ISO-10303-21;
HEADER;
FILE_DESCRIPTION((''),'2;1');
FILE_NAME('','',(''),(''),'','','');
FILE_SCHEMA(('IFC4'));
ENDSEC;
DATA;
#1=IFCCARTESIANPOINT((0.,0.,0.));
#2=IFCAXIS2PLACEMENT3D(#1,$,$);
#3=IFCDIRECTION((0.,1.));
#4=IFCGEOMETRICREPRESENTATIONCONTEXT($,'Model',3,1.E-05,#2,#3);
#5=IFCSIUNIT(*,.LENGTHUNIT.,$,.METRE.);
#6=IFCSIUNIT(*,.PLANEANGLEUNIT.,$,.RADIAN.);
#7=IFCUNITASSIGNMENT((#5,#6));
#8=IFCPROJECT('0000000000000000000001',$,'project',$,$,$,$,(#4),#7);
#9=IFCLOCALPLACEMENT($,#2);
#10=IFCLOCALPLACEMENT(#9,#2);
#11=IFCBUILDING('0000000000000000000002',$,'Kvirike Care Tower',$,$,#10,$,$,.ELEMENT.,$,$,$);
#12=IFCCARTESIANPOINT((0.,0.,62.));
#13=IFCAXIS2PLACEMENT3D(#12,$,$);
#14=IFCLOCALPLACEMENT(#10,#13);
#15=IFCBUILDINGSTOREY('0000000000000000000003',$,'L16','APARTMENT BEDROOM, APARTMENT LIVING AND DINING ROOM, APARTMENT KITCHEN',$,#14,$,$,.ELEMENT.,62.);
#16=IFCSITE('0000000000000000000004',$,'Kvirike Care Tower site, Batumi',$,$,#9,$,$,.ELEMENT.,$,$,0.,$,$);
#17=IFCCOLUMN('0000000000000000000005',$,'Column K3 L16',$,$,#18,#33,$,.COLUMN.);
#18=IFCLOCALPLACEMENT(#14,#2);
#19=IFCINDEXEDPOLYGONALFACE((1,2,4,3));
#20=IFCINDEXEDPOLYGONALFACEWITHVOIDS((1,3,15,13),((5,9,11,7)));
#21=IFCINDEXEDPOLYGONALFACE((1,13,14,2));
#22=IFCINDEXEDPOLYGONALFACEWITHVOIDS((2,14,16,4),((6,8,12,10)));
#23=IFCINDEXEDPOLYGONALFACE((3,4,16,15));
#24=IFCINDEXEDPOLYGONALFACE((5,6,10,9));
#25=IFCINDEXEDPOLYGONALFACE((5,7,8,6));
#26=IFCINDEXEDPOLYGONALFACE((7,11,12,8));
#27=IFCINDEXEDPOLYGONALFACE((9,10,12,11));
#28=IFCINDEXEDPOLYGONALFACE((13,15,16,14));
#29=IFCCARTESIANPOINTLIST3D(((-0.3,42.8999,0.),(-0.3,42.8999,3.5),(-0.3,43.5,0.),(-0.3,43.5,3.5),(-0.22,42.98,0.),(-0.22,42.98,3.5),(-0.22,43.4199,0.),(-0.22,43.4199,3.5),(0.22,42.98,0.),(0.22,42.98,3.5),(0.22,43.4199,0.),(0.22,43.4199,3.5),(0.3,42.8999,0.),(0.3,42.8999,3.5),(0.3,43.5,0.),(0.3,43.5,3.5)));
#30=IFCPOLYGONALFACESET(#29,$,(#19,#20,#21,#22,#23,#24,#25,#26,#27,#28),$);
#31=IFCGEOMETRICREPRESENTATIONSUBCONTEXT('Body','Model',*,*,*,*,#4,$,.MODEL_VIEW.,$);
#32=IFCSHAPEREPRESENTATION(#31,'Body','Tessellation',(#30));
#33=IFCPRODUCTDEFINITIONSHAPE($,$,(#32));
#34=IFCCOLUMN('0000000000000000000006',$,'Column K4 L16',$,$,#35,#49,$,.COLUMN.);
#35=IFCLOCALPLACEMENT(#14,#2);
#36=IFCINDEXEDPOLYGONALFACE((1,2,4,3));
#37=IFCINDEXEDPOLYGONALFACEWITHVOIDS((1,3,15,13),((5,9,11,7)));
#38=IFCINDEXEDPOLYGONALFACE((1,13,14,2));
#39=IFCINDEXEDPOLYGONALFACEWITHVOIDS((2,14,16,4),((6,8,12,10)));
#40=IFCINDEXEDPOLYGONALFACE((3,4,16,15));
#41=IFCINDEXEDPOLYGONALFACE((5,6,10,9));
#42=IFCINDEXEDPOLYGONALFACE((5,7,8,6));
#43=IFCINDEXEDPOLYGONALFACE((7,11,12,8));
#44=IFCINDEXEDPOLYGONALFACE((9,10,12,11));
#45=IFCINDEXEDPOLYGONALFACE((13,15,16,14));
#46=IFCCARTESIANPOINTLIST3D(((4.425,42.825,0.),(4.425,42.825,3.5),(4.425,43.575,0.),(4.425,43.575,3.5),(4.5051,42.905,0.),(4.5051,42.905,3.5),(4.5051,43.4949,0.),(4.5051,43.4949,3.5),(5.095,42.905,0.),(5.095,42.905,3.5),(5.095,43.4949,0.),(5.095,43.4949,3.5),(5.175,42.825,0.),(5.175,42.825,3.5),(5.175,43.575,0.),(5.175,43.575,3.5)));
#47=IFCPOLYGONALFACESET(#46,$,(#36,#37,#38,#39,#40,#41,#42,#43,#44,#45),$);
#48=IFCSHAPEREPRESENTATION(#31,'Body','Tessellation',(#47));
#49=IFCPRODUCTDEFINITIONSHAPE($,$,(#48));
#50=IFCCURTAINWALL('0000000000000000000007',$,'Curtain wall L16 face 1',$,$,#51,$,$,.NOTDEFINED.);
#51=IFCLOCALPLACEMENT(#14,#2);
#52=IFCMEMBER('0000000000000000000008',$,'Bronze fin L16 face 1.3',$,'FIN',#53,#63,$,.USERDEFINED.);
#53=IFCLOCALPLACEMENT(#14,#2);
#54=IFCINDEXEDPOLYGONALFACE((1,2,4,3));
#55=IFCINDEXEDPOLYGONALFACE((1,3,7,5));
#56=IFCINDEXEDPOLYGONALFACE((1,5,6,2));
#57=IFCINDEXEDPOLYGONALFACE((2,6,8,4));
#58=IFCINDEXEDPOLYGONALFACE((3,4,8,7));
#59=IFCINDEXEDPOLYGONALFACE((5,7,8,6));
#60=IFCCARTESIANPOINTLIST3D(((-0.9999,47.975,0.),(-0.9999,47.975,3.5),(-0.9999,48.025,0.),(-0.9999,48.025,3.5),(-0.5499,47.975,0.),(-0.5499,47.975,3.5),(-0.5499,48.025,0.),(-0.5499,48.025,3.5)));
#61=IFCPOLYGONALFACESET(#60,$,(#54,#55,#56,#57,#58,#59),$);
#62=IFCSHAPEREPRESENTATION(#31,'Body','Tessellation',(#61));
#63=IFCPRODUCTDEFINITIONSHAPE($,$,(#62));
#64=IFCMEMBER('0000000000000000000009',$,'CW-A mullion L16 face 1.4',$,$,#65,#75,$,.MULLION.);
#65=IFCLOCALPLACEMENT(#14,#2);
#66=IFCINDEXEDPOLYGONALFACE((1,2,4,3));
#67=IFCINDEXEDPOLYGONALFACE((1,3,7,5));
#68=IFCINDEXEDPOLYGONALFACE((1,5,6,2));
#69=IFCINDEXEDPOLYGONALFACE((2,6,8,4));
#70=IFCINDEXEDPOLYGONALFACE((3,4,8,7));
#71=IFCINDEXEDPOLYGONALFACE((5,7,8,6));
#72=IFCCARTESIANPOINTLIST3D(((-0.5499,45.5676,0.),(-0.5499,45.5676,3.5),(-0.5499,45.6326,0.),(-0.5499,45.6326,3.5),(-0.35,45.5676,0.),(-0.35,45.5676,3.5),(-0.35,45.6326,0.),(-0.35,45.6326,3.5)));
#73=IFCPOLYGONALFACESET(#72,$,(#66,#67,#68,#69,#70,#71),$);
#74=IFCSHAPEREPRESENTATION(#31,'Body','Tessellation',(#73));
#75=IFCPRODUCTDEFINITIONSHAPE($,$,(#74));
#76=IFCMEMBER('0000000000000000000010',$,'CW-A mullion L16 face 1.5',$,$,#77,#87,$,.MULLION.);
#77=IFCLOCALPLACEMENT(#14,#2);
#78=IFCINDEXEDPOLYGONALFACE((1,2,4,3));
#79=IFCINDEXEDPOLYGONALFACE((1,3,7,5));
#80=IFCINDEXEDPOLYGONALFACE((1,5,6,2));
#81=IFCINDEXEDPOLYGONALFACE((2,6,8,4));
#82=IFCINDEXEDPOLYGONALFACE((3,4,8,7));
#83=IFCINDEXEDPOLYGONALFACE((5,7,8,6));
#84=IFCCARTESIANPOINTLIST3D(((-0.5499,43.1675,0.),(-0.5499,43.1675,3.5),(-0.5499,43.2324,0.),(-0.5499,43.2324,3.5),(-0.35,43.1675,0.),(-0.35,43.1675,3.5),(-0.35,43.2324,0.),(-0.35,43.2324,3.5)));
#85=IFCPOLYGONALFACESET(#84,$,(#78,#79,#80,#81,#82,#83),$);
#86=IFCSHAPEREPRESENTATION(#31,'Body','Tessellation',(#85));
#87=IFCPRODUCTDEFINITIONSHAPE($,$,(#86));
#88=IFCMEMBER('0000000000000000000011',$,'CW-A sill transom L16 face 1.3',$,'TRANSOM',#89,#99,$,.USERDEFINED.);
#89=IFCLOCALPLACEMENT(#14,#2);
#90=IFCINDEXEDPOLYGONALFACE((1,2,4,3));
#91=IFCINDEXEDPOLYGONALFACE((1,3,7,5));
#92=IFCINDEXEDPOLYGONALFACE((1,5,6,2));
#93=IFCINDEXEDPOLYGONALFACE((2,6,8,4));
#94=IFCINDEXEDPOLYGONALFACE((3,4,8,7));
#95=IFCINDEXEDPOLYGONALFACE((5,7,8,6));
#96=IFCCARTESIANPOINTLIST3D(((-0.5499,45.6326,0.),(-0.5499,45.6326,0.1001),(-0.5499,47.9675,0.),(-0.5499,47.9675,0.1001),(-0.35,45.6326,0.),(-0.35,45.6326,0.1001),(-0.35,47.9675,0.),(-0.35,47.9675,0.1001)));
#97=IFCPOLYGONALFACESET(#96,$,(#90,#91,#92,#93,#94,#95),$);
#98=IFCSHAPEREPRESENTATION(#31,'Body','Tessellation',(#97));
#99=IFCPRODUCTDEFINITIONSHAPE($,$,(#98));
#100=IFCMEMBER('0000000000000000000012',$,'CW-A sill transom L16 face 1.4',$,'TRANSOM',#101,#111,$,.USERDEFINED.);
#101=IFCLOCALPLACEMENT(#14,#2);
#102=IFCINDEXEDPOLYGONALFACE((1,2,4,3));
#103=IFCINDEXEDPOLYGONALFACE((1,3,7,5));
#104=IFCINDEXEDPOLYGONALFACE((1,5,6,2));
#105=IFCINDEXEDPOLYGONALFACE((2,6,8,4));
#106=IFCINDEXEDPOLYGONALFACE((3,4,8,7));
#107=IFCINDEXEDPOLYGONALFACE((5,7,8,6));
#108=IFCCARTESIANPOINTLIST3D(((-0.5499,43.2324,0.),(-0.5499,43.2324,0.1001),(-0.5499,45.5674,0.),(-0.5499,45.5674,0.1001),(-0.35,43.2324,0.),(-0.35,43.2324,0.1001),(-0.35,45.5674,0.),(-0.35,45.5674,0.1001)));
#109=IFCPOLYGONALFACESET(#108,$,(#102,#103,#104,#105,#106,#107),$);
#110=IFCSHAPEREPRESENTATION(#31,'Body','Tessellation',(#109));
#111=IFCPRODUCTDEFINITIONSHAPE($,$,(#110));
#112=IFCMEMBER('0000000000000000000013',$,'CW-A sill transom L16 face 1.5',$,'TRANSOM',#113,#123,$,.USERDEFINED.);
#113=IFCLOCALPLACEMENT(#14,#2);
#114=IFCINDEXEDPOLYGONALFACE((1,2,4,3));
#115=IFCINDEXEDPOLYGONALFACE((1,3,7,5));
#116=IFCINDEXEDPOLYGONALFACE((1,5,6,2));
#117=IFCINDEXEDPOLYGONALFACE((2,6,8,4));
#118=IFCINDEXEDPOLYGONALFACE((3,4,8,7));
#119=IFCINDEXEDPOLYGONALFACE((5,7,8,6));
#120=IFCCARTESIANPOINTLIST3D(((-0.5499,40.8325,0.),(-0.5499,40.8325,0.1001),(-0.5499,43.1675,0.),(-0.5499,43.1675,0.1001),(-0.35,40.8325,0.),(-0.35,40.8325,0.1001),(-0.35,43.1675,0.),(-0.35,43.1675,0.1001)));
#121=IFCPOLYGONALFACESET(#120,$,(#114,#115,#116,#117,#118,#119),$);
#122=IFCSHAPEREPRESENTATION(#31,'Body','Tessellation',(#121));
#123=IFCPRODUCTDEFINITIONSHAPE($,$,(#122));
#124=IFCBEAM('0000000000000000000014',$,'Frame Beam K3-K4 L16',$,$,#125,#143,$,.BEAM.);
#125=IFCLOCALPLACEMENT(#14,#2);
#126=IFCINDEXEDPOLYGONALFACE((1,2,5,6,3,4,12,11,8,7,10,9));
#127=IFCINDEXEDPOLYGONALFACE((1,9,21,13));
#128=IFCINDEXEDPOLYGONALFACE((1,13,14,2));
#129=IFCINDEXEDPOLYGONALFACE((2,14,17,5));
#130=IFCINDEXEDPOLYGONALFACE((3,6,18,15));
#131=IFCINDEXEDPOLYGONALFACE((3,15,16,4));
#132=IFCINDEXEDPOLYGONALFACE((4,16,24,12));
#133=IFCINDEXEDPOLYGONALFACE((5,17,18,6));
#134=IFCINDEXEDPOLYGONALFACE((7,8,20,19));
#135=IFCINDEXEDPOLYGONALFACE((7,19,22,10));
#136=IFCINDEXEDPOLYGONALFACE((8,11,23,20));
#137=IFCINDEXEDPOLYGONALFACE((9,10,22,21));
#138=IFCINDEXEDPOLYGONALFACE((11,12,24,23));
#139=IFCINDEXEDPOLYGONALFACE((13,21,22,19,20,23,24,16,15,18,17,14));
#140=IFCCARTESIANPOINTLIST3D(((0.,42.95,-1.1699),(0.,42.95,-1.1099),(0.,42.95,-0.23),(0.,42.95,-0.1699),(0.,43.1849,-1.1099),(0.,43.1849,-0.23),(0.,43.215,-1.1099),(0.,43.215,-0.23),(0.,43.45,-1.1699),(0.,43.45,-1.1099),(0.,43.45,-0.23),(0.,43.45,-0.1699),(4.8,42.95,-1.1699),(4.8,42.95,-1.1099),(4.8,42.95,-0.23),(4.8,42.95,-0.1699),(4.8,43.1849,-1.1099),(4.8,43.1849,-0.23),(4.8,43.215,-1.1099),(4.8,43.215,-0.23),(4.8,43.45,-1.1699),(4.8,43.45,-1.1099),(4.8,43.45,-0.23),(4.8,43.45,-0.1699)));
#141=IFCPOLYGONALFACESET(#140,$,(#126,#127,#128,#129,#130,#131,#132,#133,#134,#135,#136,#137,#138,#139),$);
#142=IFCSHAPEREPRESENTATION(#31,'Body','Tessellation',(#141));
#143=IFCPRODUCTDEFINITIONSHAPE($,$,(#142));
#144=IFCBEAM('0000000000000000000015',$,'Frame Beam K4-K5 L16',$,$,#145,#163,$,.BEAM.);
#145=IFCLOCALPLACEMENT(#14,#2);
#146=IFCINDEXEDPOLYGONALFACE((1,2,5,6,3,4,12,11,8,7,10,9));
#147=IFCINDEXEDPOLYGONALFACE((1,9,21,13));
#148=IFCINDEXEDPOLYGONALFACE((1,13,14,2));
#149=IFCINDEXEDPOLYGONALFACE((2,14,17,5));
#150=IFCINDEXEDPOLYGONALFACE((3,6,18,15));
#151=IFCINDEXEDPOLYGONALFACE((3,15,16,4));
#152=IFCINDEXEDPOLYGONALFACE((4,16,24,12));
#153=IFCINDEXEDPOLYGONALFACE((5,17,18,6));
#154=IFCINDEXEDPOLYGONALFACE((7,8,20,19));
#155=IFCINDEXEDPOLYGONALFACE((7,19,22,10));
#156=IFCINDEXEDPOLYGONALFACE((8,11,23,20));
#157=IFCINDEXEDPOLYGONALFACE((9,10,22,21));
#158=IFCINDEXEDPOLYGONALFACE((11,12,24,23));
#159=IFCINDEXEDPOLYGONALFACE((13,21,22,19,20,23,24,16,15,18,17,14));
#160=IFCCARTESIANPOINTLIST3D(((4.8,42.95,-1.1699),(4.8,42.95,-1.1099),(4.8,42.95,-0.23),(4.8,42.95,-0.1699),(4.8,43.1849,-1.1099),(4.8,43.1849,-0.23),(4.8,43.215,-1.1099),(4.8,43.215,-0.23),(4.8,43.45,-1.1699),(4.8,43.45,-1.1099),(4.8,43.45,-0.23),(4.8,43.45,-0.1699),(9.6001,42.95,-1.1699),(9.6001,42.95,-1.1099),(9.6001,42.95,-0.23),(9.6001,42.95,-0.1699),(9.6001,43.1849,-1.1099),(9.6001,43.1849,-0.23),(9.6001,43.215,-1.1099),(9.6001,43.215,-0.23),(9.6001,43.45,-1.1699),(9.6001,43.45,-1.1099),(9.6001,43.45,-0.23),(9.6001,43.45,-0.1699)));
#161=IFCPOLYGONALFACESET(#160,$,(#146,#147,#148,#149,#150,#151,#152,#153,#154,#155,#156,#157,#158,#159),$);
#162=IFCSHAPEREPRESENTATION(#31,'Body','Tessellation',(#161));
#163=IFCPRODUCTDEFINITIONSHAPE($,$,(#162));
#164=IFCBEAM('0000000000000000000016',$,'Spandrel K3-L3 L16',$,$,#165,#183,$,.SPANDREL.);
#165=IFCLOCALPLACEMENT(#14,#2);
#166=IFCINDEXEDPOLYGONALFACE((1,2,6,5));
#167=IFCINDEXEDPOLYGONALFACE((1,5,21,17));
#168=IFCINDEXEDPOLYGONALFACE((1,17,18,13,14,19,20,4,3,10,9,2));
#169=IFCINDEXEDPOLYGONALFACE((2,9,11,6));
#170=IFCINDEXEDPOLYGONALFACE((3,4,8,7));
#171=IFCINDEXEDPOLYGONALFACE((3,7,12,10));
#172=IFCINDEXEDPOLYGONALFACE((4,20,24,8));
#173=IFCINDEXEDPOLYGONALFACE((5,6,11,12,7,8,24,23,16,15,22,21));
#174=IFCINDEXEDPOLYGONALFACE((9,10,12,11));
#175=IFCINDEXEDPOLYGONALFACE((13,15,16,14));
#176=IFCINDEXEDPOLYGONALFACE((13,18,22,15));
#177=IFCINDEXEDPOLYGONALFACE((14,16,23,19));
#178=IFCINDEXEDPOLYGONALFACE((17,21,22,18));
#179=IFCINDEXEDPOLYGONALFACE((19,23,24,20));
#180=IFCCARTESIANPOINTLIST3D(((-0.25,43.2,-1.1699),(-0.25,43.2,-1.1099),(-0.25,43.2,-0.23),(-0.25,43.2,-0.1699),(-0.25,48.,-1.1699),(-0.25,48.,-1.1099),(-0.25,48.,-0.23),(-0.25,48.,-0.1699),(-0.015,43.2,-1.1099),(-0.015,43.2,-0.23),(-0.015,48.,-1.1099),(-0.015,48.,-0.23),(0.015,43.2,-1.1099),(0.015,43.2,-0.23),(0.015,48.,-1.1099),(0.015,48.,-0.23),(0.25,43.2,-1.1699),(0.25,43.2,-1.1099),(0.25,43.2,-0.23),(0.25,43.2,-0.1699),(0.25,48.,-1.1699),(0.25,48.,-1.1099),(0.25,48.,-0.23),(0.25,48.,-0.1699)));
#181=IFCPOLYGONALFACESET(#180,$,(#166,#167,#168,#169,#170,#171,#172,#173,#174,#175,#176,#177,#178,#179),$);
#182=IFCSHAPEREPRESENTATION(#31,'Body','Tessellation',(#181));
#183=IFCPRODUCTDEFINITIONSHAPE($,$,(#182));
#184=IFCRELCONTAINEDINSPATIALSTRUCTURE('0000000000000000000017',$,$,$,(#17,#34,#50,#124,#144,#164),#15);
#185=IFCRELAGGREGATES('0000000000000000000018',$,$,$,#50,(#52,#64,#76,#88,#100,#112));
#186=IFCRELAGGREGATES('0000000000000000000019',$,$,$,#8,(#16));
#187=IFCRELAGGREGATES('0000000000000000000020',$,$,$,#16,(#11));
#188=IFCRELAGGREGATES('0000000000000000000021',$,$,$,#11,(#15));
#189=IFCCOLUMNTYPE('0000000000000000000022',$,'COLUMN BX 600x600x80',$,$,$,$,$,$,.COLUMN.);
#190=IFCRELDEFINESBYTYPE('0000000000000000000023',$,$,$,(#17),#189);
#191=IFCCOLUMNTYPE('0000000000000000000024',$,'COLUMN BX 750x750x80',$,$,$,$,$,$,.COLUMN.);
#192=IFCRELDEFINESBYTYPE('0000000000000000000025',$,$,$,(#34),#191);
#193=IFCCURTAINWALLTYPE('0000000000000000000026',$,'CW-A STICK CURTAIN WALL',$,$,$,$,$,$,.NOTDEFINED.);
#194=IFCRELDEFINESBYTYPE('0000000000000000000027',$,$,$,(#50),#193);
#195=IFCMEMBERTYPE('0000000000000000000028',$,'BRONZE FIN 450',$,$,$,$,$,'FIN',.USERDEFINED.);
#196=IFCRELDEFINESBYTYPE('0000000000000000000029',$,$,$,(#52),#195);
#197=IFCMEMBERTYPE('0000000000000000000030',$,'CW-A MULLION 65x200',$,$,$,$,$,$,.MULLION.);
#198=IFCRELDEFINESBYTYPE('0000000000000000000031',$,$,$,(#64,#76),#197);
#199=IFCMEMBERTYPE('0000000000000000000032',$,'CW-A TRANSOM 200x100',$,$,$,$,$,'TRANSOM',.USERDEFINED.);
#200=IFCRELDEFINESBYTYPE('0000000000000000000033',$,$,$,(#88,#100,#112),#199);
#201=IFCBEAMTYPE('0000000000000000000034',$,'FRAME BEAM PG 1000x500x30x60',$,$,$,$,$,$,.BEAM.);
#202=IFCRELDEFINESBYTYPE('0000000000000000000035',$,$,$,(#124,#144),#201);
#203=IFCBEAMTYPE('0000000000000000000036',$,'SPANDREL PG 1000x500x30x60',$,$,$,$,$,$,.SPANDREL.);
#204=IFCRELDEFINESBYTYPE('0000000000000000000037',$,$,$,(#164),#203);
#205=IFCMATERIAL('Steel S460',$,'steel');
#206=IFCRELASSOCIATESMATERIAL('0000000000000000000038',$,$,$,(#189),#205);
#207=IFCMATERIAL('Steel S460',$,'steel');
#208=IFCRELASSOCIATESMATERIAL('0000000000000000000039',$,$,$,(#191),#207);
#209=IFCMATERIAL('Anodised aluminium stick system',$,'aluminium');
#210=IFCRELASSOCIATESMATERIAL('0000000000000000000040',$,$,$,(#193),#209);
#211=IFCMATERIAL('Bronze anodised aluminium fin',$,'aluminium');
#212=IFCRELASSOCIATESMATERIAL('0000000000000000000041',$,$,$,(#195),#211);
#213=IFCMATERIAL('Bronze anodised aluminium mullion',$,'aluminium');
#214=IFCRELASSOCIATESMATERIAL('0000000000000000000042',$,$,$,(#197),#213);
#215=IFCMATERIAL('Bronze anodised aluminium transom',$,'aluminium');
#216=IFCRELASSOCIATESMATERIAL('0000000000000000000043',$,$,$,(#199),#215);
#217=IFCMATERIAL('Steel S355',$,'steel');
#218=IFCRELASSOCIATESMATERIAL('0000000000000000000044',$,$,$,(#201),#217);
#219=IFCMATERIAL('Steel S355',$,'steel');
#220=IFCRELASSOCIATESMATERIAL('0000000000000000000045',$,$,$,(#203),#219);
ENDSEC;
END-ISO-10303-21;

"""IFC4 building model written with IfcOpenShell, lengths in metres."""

from ifc_helpers import new_model, si_unit, direction, frame, origin, origin_2d, place, context, subcontext, project, spatial, rectangle, hollow_rectangle, i_section, extrude, material, material_profile, profile_set, type_object, element, aggregate, save


model = new_model("IFC4")

# Units and contexts
model_context = context("Model", 3, precision=1e-05, world=origin(), true_north=direction((0.0, 1.0)))
body_context = subcontext(model_context, "Body", "Model", "MODEL_VIEW")
ifc_project = project(units=[si_unit("LENGTHUNIT", "METRE"), si_unit("PLANEANGLEUNIT", "RADIAN")], contexts=[model_context])

# Site, building, storey
site_placement = place(None, origin())
site = spatial("IfcSite", under=ifc_project, at=site_placement, Name="Kvirike Care Tower site, Batumi", CompositionType="ELEMENT", RefElevation=0.0)
building_placement = place(site_placement, origin())
building = spatial("IfcBuilding", under=site, at=building_placement, Name="Kvirike Care Tower", CompositionType="ELEMENT")
storey_placement = place(building_placement, frame((0.0, 0.0, 62.0)))
storey = spatial("IfcBuildingStorey", under=building, at=storey_placement, Name="L16", Description="APARTMENT BEDROOM, APARTMENT LIVING AND DINING ROOM, APARTMENT KITCHEN", CompositionType="ELEMENT", Elevation=62.0)

# Columns
ifc_material_1 = material(Name="Steel S460", Category="steel")
ifc_material_profile_1 = material_profile(ifc_material_1, hollow_rectangle(XDim=0.6001, YDim=0.6001, WallThickness=0.0801, at=origin_2d()), Name="BX 600x600x80")
ifc_profile_set_1 = profile_set([ifc_material_profile_1], Name="Steel S460")
column_type_1 = type_object("IfcColumnType", Name="COLUMN BX 600x600x80", PredefinedType="COLUMN", material=ifc_profile_set_1)
column_1_placement = place(storey_placement, frame((0.0, 43.2, 0.0), z_axis=(0.0, 0.0, 1.0), x_axis=(0.0, 1.0, 0.0)))
element("IfcColumn", 1, at=column_1_placement, inside=storey, type_object=column_type_1, Name="Column K3 L16", PredefinedType="COLUMN", context=body_context, shape_type="SweptSolid", body=[
    extrude(hollow_rectangle(XDim=0.6001, YDim=0.6001, WallThickness=0.0801, at=origin_2d()), origin(), (0.0, 0.0, 1.0), 3.5),
])
ifc_material_2 = material(Name="Steel S460", Category="steel")
ifc_material_profile_2 = material_profile(ifc_material_2, hollow_rectangle(XDim=0.75, YDim=0.75, WallThickness=0.0801, at=origin_2d()), Name="BX 750x750x80")
ifc_profile_set_2 = profile_set([ifc_material_profile_2], Name="Steel S460")
column_type_2 = type_object("IfcColumnType", Name="COLUMN BX 750x750x80", PredefinedType="COLUMN", material=ifc_profile_set_2)
column_2_placement = place(storey_placement, frame((4.8, 43.2, 0.0), z_axis=(0.0, 0.0, 1.0), x_axis=(0.0, 1.0, 0.0)))
element("IfcColumn", 2, at=column_2_placement, inside=storey, type_object=column_type_2, Name="Column K4 L16", PredefinedType="COLUMN", context=body_context, shape_type="SweptSolid", body=[
    extrude(hollow_rectangle(XDim=0.75, YDim=0.75, WallThickness=0.0801, at=origin_2d()), origin(), (0.0, 0.0, 1.0), 3.5),
])

# Curtain wall, members
ifc_material_3 = material(Name="Anodised aluminium stick system", Category="aluminium")
curtain_wall_type = type_object("IfcCurtainWallType", Name="CW-A STICK CURTAIN WALL", PredefinedType="NOTDEFINED", material=ifc_material_3)
curtain_wall_placement = place(storey_placement, origin())
curtain_wall = element("IfcCurtainWall", 3, at=curtain_wall_placement, inside=storey, type_object=curtain_wall_type, Name="Curtain wall L16 face 1", PredefinedType="NOTDEFINED")
ifc_material_4 = material(Name="Bronze anodised aluminium fin", Category="aluminium")
ifc_material_profile_3 = material_profile(ifc_material_4, rectangle(XDim=0.05, YDim=0.45, at=origin_2d()), Name="BRONZE FIN 450")
ifc_profile_set_3 = profile_set([ifc_material_profile_3], Name="Bronze anodised aluminium fin")
member_type_1 = type_object("IfcMemberType", Name="BRONZE FIN 450", ElementType="FIN", PredefinedType="USERDEFINED", material=ifc_profile_set_3)
member_1_placement = place(storey_placement, frame((-0.7749, 48.0, 0.0), z_axis=(0.0, 0.0, 1.0), x_axis=(0.0, -1.0, 0.0)))
member_1 = element("IfcMember", 4, at=member_1_placement, type_object=member_type_1, Name="Bronze fin L16 face 1.3", ObjectType="FIN", PredefinedType="USERDEFINED", context=body_context, shape_type="SweptSolid", body=[
    extrude(rectangle(XDim=0.05, YDim=0.45, at=origin_2d()), origin(), (0.0, 0.0, 1.0), 3.5),
])
ifc_material_5 = material(Name="Bronze anodised aluminium mullion", Category="aluminium")
ifc_material_profile_4 = material_profile(ifc_material_5, rectangle(XDim=0.0649, YDim=0.2, at=origin_2d()), Name="CW-A MULLION 65x200")
ifc_profile_set_4 = profile_set([ifc_material_profile_4], Name="Bronze anodised aluminium mullion")
member_type_2 = type_object("IfcMemberType", Name="CW-A MULLION 65x200", PredefinedType="MULLION", material=ifc_profile_set_4)
member_2_placement = place(storey_placement, frame((-0.45, 45.6001, 0.0), z_axis=(0.0, 0.0, 1.0), x_axis=(0.0, -1.0, 0.0)))
member_2 = element("IfcMember", 5, at=member_2_placement, type_object=member_type_2, Name="CW-A mullion L16 face 1.4", PredefinedType="MULLION", context=body_context, shape_type="SweptSolid", body=[
    extrude(rectangle(XDim=0.0649, YDim=0.2, at=origin_2d()), origin(), (0.0, 0.0, 1.0), 3.5),
])
member_3_placement = place(storey_placement, frame((-0.45, 43.2, 0.0), z_axis=(0.0, 0.0, 1.0), x_axis=(0.0, -1.0, 0.0)))
member_3 = element("IfcMember", 6, at=member_3_placement, type_object=member_type_2, Name="CW-A mullion L16 face 1.5", PredefinedType="MULLION", context=body_context, shape_type="SweptSolid", body=[
    extrude(rectangle(XDim=0.0649, YDim=0.2, at=origin_2d()), origin(), (0.0, 0.0, 1.0), 3.5),
])
ifc_material_6 = material(Name="Bronze anodised aluminium transom", Category="aluminium")
ifc_material_profile_5 = material_profile(ifc_material_6, rectangle(XDim=0.2, YDim=0.1001, at=origin_2d()), Name="CW-A TRANSOM 200x100")
ifc_profile_set_5 = profile_set([ifc_material_profile_5], Name="Bronze anodised aluminium transom")
member_type_3 = type_object("IfcMemberType", Name="CW-A TRANSOM 200x100", ElementType="TRANSOM", PredefinedType="USERDEFINED", material=ifc_profile_set_5)
member_4_placement = place(storey_placement, frame((-0.45, 47.9675, 0.05), z_axis=(0.0, -1.0, 0.0), x_axis=(1.0, 0.0, 0.0)))
member_4 = element("IfcMember", 7, at=member_4_placement, type_object=member_type_3, Name="CW-A sill transom L16 face 1.3", ObjectType="TRANSOM", PredefinedType="USERDEFINED", context=body_context, shape_type="SweptSolid", body=[
    extrude(rectangle(XDim=0.2, YDim=0.1001, at=origin_2d()), origin(), (0.0, 0.0, 1.0), 2.335),
])
member_5_placement = place(storey_placement, frame((-0.45, 45.5674, 0.05), z_axis=(0.0, -1.0, 0.0), x_axis=(1.0, 0.0, 0.0)))
member_5 = element("IfcMember", 8, at=member_5_placement, type_object=member_type_3, Name="CW-A sill transom L16 face 1.4", ObjectType="TRANSOM", PredefinedType="USERDEFINED", context=body_context, shape_type="SweptSolid", body=[
    extrude(rectangle(XDim=0.2, YDim=0.1001, at=origin_2d()), origin(), (0.0, 0.0, 1.0), 2.335),
])
member_6_placement = place(storey_placement, frame((-0.45, 43.1675, 0.05), z_axis=(0.0, -1.0, 0.0), x_axis=(1.0, 0.0, 0.0)))
member_6 = element("IfcMember", 9, at=member_6_placement, type_object=member_type_3, Name="CW-A sill transom L16 face 1.5", ObjectType="TRANSOM", PredefinedType="USERDEFINED", context=body_context, shape_type="SweptSolid", body=[
    extrude(rectangle(XDim=0.2, YDim=0.1001, at=origin_2d()), origin(), (0.0, 0.0, 1.0), 2.335),
])

# Beams
ifc_material_7 = material(Name="Steel S355", Category="steel")
ifc_material_profile_6 = material_profile(ifc_material_7, i_section(OverallWidth=0.5, OverallDepth=1.0, WebThickness=0.03, FlangeThickness=0.0601, at=origin_2d()), Name="PG 1000x500x30x60")
ifc_profile_set_6 = profile_set([ifc_material_profile_6], Name="Steel S355")
beam_type_1 = type_object("IfcBeamType", Name="FRAME BEAM PG 1000x500x30x60", PredefinedType="BEAM", material=ifc_profile_set_6)
for number, where, z_axis, x_axis, name in (
    (10, (0.0, 43.2, -0.6699), (1.0, 0.0, 0.0), (0.0, 1.0, 0.0), "Frame Beam K3-K4 L16"),
    (11, (4.8, 43.2, -0.6699), (1.0, 0.0, 0.0), (0.0, 1.0, 0.0), "Frame Beam K4-K5 L16"),
):
    element("IfcBeam", number, at=place(storey_placement, frame(where, z_axis=z_axis, x_axis=x_axis)), inside=storey, type_object=beam_type_1, Name=name, PredefinedType="BEAM", context=body_context, shape_type="SweptSolid", body=[
        extrude(i_section(OverallWidth=0.5, OverallDepth=1.0, WebThickness=0.03, FlangeThickness=0.0601, at=origin_2d()), origin(), (0.0, 0.0, 1.0), 4.8),
    ])
ifc_material_8 = material(Name="Steel S355", Category="steel")
ifc_material_profile_7 = material_profile(ifc_material_8, i_section(OverallWidth=0.5, OverallDepth=1.0, WebThickness=0.03, FlangeThickness=0.0601, at=origin_2d()), Name="PG 1000x500x30x60")
ifc_profile_set_7 = profile_set([ifc_material_profile_7], Name="Steel S355")
beam_type_2 = type_object("IfcBeamType", Name="SPANDREL PG 1000x500x30x60", PredefinedType="SPANDREL", material=ifc_profile_set_7)
beam_1_placement = place(storey_placement, frame((0.0, 43.2, -0.6699), z_axis=(0.0, 1.0, 0.0), x_axis=(-1.0, 0.0, 0.0)))
element("IfcBeam", 12, at=beam_1_placement, inside=storey, type_object=beam_type_2, Name="Spandrel K3-L3 L16", PredefinedType="SPANDREL", context=body_context, shape_type="SweptSolid", body=[
    extrude(i_section(OverallWidth=0.5, OverallDepth=1.0, WebThickness=0.03, FlangeThickness=0.0601, at=origin_2d()), origin(), (0.0, 0.0, 1.0), 4.8),
])

aggregate(curtain_wall, [member_1, member_2, member_3, member_4, member_5, member_6])

save(model, "model.ifc")
